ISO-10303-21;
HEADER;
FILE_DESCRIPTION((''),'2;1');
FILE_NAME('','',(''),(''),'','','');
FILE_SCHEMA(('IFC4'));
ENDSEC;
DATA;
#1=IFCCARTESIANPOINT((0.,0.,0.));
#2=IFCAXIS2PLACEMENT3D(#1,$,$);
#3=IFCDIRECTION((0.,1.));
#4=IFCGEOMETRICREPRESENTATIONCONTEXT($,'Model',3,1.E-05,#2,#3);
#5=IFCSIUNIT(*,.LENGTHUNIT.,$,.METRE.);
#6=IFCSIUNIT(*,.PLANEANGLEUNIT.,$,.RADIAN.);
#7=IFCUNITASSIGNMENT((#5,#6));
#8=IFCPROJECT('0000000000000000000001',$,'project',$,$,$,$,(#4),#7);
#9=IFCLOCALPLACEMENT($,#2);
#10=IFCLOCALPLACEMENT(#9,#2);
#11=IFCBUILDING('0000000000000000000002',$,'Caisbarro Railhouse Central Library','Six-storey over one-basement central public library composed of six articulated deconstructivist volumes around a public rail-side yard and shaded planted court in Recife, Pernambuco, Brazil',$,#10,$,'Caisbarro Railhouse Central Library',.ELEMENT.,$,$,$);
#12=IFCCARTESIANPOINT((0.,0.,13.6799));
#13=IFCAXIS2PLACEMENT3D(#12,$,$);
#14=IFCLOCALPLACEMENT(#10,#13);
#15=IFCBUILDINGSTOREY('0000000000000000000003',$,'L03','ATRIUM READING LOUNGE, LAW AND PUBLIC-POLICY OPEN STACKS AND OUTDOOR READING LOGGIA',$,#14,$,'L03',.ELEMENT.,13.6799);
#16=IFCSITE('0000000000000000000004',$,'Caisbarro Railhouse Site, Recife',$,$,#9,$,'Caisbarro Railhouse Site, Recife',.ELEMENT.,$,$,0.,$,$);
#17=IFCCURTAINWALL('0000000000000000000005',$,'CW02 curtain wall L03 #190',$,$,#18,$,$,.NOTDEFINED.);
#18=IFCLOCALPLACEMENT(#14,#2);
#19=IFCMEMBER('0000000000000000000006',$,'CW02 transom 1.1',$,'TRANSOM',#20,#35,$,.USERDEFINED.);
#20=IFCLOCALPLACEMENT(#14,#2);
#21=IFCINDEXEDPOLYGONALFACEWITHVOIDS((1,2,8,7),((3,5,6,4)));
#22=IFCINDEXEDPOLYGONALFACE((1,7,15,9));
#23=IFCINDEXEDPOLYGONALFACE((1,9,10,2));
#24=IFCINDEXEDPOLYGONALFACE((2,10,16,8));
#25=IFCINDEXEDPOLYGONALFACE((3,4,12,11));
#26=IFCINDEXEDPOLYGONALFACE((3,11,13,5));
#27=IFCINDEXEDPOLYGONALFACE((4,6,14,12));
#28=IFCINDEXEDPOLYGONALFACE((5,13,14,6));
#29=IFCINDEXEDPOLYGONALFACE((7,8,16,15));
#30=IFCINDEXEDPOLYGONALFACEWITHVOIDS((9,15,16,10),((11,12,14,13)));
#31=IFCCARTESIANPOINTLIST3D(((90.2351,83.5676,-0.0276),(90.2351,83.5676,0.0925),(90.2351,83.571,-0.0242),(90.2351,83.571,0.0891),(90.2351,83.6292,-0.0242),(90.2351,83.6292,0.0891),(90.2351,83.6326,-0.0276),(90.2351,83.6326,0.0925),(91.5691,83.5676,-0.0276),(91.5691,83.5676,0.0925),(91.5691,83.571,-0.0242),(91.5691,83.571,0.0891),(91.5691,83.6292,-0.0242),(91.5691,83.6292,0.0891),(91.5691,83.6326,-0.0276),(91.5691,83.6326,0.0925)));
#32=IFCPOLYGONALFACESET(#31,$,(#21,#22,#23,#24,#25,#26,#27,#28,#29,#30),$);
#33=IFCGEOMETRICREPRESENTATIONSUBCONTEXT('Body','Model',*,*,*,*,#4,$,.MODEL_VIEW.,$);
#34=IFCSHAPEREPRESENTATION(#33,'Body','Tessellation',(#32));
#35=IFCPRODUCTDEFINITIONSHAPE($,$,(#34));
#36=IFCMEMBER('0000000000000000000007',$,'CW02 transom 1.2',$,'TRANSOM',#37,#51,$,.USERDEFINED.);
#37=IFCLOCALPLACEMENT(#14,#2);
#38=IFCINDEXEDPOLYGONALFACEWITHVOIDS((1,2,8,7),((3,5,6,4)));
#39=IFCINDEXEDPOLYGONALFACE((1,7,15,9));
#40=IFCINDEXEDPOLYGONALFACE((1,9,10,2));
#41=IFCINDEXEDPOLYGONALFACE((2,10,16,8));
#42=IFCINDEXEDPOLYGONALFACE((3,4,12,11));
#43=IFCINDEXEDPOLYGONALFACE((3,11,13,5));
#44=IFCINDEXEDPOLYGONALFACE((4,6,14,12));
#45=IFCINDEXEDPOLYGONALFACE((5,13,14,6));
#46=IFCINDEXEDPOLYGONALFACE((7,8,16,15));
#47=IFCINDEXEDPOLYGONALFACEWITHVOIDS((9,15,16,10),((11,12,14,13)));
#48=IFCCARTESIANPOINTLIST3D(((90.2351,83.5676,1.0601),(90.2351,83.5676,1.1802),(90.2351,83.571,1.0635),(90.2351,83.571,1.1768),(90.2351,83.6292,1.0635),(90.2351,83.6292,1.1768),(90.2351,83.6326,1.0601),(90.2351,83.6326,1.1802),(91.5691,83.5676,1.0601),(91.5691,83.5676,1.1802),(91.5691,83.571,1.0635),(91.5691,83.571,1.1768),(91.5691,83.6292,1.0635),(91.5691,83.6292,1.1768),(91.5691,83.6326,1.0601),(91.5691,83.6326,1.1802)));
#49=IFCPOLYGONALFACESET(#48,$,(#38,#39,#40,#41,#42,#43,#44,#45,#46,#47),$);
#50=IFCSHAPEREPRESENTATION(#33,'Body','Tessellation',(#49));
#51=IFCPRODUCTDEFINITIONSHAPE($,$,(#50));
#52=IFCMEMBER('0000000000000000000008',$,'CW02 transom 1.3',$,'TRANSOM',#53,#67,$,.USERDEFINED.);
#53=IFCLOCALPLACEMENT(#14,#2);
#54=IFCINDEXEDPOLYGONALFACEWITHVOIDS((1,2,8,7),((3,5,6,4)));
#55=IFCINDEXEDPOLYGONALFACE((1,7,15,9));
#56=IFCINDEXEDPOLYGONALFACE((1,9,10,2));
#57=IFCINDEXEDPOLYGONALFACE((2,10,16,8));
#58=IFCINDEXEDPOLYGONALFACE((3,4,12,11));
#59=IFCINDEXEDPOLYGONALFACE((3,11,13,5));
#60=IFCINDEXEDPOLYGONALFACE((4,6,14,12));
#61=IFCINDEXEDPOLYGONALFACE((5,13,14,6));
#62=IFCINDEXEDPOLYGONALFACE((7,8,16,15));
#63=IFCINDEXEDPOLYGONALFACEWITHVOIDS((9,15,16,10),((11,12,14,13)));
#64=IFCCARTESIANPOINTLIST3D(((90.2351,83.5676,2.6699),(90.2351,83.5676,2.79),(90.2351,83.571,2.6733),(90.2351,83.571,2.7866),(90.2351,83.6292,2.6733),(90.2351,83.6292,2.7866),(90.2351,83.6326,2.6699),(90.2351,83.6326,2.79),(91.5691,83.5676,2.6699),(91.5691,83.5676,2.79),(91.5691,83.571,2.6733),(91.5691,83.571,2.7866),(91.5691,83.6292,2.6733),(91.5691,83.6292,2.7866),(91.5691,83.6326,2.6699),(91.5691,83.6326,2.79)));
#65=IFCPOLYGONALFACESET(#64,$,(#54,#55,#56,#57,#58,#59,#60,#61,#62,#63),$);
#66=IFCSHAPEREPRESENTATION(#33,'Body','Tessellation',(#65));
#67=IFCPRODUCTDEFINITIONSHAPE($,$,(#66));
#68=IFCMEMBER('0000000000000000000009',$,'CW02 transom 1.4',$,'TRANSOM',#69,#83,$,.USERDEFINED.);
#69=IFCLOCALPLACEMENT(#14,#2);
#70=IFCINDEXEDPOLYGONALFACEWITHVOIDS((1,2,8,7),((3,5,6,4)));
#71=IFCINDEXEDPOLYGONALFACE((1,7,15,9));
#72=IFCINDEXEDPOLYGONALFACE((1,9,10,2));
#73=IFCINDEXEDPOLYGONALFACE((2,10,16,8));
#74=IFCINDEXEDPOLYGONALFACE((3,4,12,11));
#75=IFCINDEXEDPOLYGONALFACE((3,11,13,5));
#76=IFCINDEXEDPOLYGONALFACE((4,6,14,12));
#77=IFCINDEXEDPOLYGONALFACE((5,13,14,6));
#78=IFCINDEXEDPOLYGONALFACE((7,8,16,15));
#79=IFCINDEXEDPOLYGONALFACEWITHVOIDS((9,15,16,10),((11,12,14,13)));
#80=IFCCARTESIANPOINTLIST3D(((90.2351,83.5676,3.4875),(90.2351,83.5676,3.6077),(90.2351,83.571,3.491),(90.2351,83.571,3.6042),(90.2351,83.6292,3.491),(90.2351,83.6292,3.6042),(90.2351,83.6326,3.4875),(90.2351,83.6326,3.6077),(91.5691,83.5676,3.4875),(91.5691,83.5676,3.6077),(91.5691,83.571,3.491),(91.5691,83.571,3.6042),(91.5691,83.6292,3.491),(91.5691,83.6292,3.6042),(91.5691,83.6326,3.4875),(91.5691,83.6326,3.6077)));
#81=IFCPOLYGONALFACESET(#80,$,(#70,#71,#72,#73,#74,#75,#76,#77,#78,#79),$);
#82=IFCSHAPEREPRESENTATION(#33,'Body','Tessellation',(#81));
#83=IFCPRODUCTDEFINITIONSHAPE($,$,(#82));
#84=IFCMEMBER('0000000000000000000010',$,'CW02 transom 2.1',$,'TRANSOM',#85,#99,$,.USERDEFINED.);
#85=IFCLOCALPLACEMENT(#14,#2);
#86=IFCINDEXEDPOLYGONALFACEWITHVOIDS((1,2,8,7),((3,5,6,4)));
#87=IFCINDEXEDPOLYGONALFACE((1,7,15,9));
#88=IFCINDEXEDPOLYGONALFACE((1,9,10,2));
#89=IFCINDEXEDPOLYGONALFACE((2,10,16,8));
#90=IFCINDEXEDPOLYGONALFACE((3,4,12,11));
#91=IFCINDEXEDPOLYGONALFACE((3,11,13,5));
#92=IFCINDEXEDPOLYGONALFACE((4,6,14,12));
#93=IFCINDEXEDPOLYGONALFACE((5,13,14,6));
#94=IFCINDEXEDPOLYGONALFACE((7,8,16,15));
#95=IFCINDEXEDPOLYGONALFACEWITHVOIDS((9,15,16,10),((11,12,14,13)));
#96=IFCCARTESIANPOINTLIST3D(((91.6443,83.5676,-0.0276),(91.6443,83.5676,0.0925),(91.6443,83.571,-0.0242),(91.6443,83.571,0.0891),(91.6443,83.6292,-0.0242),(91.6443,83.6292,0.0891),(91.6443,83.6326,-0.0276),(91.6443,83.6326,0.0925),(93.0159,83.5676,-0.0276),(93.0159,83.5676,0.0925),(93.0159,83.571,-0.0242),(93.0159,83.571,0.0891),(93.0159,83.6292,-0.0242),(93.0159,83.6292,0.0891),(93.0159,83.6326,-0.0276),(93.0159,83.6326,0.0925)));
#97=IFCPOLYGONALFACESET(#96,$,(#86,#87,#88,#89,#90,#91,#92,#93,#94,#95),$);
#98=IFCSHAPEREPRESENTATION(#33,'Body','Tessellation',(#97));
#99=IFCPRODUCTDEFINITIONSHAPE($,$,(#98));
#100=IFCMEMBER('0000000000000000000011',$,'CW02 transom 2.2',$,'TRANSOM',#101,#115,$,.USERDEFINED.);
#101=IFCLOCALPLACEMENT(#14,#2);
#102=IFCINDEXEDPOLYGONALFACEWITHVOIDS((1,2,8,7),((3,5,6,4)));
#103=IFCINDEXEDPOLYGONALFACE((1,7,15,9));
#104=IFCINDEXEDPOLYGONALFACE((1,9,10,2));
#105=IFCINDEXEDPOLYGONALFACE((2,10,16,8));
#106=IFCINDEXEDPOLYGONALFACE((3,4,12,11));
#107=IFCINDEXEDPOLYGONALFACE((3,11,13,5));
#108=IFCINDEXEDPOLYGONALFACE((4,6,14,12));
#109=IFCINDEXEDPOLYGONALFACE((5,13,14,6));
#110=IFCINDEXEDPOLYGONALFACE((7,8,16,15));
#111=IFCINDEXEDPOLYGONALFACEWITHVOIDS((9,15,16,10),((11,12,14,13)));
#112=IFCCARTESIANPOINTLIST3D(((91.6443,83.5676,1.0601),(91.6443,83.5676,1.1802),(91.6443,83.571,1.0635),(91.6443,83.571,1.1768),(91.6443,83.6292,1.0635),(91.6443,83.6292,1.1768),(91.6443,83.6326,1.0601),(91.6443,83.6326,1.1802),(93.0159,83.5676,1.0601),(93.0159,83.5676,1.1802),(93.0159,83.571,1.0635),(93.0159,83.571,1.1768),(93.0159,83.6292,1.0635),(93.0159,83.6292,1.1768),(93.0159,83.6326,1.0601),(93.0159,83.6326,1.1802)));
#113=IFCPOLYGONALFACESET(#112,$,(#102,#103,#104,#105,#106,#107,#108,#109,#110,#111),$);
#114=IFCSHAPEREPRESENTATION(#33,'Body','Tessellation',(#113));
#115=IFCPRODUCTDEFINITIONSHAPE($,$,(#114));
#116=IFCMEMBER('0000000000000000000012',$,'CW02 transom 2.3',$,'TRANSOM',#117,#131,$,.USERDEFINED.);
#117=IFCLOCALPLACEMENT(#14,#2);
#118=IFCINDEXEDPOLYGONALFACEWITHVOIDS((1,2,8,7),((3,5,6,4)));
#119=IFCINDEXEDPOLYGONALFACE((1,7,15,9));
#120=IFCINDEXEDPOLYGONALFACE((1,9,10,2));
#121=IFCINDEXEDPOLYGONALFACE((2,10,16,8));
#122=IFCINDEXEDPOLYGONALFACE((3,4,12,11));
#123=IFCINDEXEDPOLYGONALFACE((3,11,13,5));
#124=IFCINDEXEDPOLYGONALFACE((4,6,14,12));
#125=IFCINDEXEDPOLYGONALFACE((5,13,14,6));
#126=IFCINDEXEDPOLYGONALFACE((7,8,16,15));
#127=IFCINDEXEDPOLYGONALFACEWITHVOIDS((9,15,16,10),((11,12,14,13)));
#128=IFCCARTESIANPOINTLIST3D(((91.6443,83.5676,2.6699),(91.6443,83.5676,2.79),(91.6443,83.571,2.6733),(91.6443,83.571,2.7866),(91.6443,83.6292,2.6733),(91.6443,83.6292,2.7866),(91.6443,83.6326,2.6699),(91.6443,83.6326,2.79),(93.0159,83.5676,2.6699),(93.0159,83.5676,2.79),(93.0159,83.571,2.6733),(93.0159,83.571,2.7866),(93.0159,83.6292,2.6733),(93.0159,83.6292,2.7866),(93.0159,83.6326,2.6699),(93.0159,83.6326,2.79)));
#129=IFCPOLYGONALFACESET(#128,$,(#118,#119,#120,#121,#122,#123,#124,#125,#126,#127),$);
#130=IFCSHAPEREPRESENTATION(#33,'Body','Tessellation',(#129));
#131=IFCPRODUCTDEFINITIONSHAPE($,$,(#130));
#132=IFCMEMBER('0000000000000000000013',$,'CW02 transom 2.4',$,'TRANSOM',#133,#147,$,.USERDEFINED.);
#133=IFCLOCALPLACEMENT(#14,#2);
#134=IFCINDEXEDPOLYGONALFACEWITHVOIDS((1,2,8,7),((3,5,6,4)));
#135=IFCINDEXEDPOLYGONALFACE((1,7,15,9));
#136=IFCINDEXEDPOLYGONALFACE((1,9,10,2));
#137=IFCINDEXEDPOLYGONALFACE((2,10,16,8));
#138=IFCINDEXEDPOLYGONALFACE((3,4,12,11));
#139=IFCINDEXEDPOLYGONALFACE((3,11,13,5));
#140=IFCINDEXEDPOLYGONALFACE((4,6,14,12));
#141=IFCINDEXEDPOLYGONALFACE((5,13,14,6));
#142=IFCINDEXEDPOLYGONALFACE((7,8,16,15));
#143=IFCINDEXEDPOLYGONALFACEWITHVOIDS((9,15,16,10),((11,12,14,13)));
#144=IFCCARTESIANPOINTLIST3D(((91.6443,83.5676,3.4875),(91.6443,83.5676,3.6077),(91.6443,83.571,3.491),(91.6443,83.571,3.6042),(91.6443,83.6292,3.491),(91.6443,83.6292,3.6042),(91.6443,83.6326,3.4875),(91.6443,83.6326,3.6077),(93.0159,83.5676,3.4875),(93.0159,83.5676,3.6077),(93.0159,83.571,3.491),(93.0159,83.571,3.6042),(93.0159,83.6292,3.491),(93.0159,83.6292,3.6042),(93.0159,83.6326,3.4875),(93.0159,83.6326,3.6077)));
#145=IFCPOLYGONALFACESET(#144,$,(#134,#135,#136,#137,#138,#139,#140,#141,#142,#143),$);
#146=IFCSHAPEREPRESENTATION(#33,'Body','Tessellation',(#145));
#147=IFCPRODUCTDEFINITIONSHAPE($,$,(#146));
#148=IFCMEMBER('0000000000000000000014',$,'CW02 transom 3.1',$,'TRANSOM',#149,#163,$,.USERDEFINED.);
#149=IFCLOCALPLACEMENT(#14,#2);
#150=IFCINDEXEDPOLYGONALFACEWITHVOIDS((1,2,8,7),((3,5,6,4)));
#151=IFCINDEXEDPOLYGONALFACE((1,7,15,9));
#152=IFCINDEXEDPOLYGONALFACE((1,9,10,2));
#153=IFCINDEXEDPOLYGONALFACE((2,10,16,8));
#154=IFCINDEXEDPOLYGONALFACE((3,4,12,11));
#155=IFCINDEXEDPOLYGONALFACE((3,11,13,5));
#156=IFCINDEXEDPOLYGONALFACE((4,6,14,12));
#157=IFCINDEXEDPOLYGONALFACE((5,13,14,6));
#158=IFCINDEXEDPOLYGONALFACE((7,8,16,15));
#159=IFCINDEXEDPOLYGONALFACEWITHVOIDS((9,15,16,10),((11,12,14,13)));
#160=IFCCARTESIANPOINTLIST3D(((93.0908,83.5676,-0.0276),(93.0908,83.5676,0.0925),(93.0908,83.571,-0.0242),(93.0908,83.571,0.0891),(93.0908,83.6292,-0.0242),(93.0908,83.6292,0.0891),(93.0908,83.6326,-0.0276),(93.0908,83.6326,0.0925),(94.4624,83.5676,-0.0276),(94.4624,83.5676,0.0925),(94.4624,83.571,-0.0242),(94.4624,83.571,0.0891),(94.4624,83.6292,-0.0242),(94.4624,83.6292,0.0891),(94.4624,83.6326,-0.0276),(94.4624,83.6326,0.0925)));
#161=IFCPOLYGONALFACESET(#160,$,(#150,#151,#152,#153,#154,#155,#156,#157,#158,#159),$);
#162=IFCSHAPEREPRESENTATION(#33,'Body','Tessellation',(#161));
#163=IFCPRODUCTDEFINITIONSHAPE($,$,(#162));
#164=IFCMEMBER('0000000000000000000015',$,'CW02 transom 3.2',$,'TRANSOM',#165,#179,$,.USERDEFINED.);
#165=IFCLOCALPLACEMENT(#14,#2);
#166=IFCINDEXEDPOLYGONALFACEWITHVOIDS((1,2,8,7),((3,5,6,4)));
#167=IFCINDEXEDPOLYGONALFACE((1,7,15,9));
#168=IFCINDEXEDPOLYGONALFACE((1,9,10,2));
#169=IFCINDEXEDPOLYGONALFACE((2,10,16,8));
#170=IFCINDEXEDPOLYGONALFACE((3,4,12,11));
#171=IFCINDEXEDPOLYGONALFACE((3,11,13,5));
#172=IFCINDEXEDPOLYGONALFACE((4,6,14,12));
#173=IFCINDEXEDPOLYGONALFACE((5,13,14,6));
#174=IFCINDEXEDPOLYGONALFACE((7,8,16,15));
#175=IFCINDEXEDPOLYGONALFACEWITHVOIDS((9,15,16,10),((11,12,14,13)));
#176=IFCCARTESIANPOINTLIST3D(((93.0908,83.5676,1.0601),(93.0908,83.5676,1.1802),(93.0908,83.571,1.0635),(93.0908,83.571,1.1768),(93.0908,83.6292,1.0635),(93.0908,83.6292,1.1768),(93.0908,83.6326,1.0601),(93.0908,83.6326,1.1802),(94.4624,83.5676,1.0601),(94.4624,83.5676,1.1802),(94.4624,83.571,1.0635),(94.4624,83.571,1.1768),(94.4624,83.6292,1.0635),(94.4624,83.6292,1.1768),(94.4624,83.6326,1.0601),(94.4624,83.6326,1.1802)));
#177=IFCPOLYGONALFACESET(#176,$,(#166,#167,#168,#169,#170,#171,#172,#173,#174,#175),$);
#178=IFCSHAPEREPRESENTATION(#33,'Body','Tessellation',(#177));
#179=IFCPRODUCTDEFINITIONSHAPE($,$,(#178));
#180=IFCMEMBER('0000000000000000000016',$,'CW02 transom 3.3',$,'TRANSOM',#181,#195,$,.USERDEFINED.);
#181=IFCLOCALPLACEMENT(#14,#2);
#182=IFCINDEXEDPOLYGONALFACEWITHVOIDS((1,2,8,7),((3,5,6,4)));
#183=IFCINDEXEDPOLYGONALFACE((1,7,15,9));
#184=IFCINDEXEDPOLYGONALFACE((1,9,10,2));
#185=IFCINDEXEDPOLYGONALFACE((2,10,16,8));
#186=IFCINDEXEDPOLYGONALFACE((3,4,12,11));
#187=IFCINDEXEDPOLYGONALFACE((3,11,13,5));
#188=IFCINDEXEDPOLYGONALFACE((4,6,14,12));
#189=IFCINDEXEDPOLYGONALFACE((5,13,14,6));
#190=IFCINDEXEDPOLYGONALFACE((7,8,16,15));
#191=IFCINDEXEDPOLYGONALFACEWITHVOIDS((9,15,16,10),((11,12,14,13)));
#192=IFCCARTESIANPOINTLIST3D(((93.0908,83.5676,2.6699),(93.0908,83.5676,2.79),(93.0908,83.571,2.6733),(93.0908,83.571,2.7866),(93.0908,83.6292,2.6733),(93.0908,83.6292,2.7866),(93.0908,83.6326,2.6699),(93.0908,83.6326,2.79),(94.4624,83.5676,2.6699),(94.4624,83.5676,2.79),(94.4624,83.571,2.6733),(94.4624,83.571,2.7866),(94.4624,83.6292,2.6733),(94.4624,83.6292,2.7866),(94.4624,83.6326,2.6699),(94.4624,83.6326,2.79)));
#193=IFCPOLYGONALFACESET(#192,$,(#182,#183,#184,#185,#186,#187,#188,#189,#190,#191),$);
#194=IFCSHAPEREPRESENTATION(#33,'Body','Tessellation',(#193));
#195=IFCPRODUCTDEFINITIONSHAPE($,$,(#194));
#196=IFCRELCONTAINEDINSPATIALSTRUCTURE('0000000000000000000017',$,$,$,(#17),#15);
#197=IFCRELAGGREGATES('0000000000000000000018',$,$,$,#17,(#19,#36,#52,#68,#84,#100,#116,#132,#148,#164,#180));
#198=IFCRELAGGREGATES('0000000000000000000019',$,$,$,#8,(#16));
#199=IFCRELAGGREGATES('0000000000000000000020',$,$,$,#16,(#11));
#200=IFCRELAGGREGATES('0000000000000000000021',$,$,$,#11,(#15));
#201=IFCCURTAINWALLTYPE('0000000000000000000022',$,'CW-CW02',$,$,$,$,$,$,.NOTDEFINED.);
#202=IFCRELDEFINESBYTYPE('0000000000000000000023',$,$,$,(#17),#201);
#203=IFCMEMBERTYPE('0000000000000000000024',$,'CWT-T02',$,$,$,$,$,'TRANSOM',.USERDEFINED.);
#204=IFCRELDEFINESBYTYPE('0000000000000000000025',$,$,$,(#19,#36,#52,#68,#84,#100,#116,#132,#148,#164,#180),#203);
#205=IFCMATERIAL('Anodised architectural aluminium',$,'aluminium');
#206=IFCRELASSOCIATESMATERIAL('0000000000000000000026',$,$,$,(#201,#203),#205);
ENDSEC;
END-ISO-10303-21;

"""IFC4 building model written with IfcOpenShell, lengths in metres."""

from ifc_helpers import new_model, si_unit, direction, frame, origin, origin_2d, place, context, subcontext, project, spatial, hollow_rectangle, extrude, material, material_profile, profile_set, type_object, element, aggregate, save


model = new_model("IFC4")

# Units and contexts
model_context = context("Model", 3, precision=1e-05, world=origin(), true_north=direction((0.0, 1.0)))
body_context = subcontext(model_context, "Body", "Model", "MODEL_VIEW")
ifc_project = project(units=[si_unit("LENGTHUNIT", "METRE"), si_unit("PLANEANGLEUNIT", "RADIAN")], contexts=[model_context])

# Site, building, storey
site_placement = place(None, origin())
site = spatial("IfcSite", under=ifc_project, at=site_placement, Name="Caisbarro Railhouse Site, Recife", LongName="Caisbarro Railhouse Site, Recife", CompositionType="ELEMENT", RefElevation=0.0)
building_placement = place(site_placement, origin())
building = spatial("IfcBuilding", under=site, at=building_placement, Name="Caisbarro Railhouse Central Library", Description="Six-storey over one-basement central public library composed of six articulated deconstructivist volumes around a public rail-side yard and shaded planted court in Recife, Pernambuco, Brazil", LongName="Caisbarro Railhouse Central Library", CompositionType="ELEMENT")
storey_placement = place(building_placement, frame((0.0, 0.0, 13.6799)))
storey = spatial("IfcBuildingStorey", under=building, at=storey_placement, Name="L03", Description="ATRIUM READING LOUNGE, LAW AND PUBLIC-POLICY OPEN STACKS AND OUTDOOR READING LOGGIA", LongName="L03", CompositionType="ELEMENT", Elevation=13.6799)

# Shared definitions
ifc_material_1 = material(Name="Anodised architectural aluminium", Category="aluminium")
curtain_wall_type = type_object("IfcCurtainWallType", Name="CW-CW02", PredefinedType="NOTDEFINED", material=ifc_material_1)

# Curtain wall, members
curtain_wall_1_placement = place(storey_placement, origin())
curtain_wall_1 = element("IfcCurtainWall", 1, at=curtain_wall_1_placement, inside=storey, type_object=curtain_wall_type, Name="CW02 curtain wall L03 #190", PredefinedType="NOTDEFINED")
ifc_material_profile_1 = material_profile(ifc_material_1, hollow_rectangle(XDim=0.0649, YDim=0.1201, WallThickness=0.0034, at=origin_2d()), Name="ALU-TRN-65X120")
ifc_profile_set_1 = profile_set([ifc_material_profile_1], Name="Anodised architectural aluminium")
member_type_1 = type_object("IfcMemberType", Name="CWT-T02", ElementType="TRANSOM", PredefinedType="USERDEFINED", material=ifc_profile_set_1)
member_1_placement = place(storey_placement, frame((90.2351, 83.6001, 0.0325), z_axis=(1.0, 0.0, 0.0), x_axis=(0.0, 1.0, 0.0)))
member_1 = element("IfcMember", 2, at=member_1_placement, type_object=member_type_1, Name="CW02 transom 1.1", ObjectType="TRANSOM", PredefinedType="USERDEFINED", context=body_context, shape_type="SweptSolid", body=[
    extrude(hollow_rectangle(XDim=0.0649, YDim=0.1201, WallThickness=0.0034, at=origin_2d()), origin(), (0.0, 0.0, 1.0), 1.334),
])
member_2_placement = place(storey_placement, frame((90.2351, 83.6001, 1.1201), z_axis=(1.0, 0.0, 0.0), x_axis=(0.0, 1.0, 0.0)))
member_2 = element("IfcMember", 3, at=member_2_placement, type_object=member_type_1, Name="CW02 transom 1.2", ObjectType="TRANSOM", PredefinedType="USERDEFINED", context=body_context, shape_type="SweptSolid", body=[
    extrude(hollow_rectangle(XDim=0.0649, YDim=0.1201, WallThickness=0.0034, at=origin_2d()), origin(), (0.0, 0.0, 1.0), 1.334),
])
member_3_placement = place(storey_placement, frame((90.2351, 83.6001, 2.73), z_axis=(1.0, 0.0, 0.0), x_axis=(0.0, 1.0, 0.0)))
member_3 = element("IfcMember", 4, at=member_3_placement, type_object=member_type_1, Name="CW02 transom 1.3", ObjectType="TRANSOM", PredefinedType="USERDEFINED", context=body_context, shape_type="SweptSolid", body=[
    extrude(hollow_rectangle(XDim=0.0649, YDim=0.1201, WallThickness=0.0034, at=origin_2d()), origin(), (0.0, 0.0, 1.0), 1.334),
])
member_4_placement = place(storey_placement, frame((90.2351, 83.6001, 3.5476), z_axis=(1.0, 0.0, 0.0), x_axis=(0.0, 1.0, 0.0)))
member_4 = element("IfcMember", 5, at=member_4_placement, type_object=member_type_1, Name="CW02 transom 1.4", ObjectType="TRANSOM", PredefinedType="USERDEFINED", context=body_context, shape_type="SweptSolid", body=[
    extrude(hollow_rectangle(XDim=0.0649, YDim=0.1201, WallThickness=0.0034, at=origin_2d()), origin(), (0.0, 0.0, 1.0), 1.334),
])
member_5_placement = place(storey_placement, frame((91.6443, 83.6001, 0.0325), z_axis=(1.0, 0.0, 0.0), x_axis=(0.0, 1.0, 0.0)))
member_5 = element("IfcMember", 6, at=member_5_placement, type_object=member_type_1, Name="CW02 transom 2.1", ObjectType="TRANSOM", PredefinedType="USERDEFINED", context=body_context, shape_type="SweptSolid", body=[
    extrude(hollow_rectangle(XDim=0.0649, YDim=0.1201, WallThickness=0.0034, at=origin_2d()), origin(), (0.0, 0.0, 1.0), 1.3716),
])
member_6_placement = place(storey_placement, frame((91.6443, 83.6001, 1.1201), z_axis=(1.0, 0.0, 0.0), x_axis=(0.0, 1.0, 0.0)))
member_6 = element("IfcMember", 7, at=member_6_placement, type_object=member_type_1, Name="CW02 transom 2.2", ObjectType="TRANSOM", PredefinedType="USERDEFINED", context=body_context, shape_type="SweptSolid", body=[
    extrude(hollow_rectangle(XDim=0.0649, YDim=0.1201, WallThickness=0.0034, at=origin_2d()), origin(), (0.0, 0.0, 1.0), 1.3716),
])
member_7_placement = place(storey_placement, frame((91.6443, 83.6001, 2.73), z_axis=(1.0, 0.0, 0.0), x_axis=(0.0, 1.0, 0.0)))
member_7 = element("IfcMember", 8, at=member_7_placement, type_object=member_type_1, Name="CW02 transom 2.3", ObjectType="TRANSOM", PredefinedType="USERDEFINED", context=body_context, shape_type="SweptSolid", body=[
    extrude(hollow_rectangle(XDim=0.0649, YDim=0.1201, WallThickness=0.0034, at=origin_2d()), origin(), (0.0, 0.0, 1.0), 1.3716),
])
member_8_placement = place(storey_placement, frame((91.6443, 83.6001, 3.5476), z_axis=(1.0, 0.0, 0.0), x_axis=(0.0, 1.0, 0.0)))
member_8 = element("IfcMember", 9, at=member_8_placement, type_object=member_type_1, Name="CW02 transom 2.4", ObjectType="TRANSOM", PredefinedType="USERDEFINED", context=body_context, shape_type="SweptSolid", body=[
    extrude(hollow_rectangle(XDim=0.0649, YDim=0.1201, WallThickness=0.0034, at=origin_2d()), origin(), (0.0, 0.0, 1.0), 1.3716),
])
member_9_placement = place(storey_placement, frame((93.0908, 83.6001, 0.0325), z_axis=(1.0, 0.0, 0.0), x_axis=(0.0, 1.0, 0.0)))
member_9 = element("IfcMember", 10, at=member_9_placement, type_object=member_type_1, Name="CW02 transom 3.1", ObjectType="TRANSOM", PredefinedType="USERDEFINED", context=body_context, shape_type="SweptSolid", body=[
    extrude(hollow_rectangle(XDim=0.0649, YDim=0.1201, WallThickness=0.0034, at=origin_2d()), origin(), (0.0, 0.0, 1.0), 1.3716),
])
member_10_placement = place(storey_placement, frame((93.0908, 83.6001, 1.1201), z_axis=(1.0, 0.0, 0.0), x_axis=(0.0, 1.0, 0.0)))
member_10 = element("IfcMember", 11, at=member_10_placement, type_object=member_type_1, Name="CW02 transom 3.2", ObjectType="TRANSOM", PredefinedType="USERDEFINED", context=body_context, shape_type="SweptSolid", body=[
    extrude(hollow_rectangle(XDim=0.0649, YDim=0.1201, WallThickness=0.0034, at=origin_2d()), origin(), (0.0, 0.0, 1.0), 1.3716),
])
member_11_placement = place(storey_placement, frame((93.0908, 83.6001, 2.73), z_axis=(1.0, 0.0, 0.0), x_axis=(0.0, 1.0, 0.0)))
member_11 = element("IfcMember", 12, at=member_11_placement, type_object=member_type_1, Name="CW02 transom 3.3", ObjectType="TRANSOM", PredefinedType="USERDEFINED", context=body_context, shape_type="SweptSolid", body=[
    extrude(hollow_rectangle(XDim=0.0649, YDim=0.1201, WallThickness=0.0034, at=origin_2d()), origin(), (0.0, 0.0, 1.0), 1.3716),
])

aggregate(curtain_wall_1, [member_1, member_2, member_3, member_4, member_5, member_6, member_7, member_8, member_9, member_10, member_11])

save(model, "model.ifc")
